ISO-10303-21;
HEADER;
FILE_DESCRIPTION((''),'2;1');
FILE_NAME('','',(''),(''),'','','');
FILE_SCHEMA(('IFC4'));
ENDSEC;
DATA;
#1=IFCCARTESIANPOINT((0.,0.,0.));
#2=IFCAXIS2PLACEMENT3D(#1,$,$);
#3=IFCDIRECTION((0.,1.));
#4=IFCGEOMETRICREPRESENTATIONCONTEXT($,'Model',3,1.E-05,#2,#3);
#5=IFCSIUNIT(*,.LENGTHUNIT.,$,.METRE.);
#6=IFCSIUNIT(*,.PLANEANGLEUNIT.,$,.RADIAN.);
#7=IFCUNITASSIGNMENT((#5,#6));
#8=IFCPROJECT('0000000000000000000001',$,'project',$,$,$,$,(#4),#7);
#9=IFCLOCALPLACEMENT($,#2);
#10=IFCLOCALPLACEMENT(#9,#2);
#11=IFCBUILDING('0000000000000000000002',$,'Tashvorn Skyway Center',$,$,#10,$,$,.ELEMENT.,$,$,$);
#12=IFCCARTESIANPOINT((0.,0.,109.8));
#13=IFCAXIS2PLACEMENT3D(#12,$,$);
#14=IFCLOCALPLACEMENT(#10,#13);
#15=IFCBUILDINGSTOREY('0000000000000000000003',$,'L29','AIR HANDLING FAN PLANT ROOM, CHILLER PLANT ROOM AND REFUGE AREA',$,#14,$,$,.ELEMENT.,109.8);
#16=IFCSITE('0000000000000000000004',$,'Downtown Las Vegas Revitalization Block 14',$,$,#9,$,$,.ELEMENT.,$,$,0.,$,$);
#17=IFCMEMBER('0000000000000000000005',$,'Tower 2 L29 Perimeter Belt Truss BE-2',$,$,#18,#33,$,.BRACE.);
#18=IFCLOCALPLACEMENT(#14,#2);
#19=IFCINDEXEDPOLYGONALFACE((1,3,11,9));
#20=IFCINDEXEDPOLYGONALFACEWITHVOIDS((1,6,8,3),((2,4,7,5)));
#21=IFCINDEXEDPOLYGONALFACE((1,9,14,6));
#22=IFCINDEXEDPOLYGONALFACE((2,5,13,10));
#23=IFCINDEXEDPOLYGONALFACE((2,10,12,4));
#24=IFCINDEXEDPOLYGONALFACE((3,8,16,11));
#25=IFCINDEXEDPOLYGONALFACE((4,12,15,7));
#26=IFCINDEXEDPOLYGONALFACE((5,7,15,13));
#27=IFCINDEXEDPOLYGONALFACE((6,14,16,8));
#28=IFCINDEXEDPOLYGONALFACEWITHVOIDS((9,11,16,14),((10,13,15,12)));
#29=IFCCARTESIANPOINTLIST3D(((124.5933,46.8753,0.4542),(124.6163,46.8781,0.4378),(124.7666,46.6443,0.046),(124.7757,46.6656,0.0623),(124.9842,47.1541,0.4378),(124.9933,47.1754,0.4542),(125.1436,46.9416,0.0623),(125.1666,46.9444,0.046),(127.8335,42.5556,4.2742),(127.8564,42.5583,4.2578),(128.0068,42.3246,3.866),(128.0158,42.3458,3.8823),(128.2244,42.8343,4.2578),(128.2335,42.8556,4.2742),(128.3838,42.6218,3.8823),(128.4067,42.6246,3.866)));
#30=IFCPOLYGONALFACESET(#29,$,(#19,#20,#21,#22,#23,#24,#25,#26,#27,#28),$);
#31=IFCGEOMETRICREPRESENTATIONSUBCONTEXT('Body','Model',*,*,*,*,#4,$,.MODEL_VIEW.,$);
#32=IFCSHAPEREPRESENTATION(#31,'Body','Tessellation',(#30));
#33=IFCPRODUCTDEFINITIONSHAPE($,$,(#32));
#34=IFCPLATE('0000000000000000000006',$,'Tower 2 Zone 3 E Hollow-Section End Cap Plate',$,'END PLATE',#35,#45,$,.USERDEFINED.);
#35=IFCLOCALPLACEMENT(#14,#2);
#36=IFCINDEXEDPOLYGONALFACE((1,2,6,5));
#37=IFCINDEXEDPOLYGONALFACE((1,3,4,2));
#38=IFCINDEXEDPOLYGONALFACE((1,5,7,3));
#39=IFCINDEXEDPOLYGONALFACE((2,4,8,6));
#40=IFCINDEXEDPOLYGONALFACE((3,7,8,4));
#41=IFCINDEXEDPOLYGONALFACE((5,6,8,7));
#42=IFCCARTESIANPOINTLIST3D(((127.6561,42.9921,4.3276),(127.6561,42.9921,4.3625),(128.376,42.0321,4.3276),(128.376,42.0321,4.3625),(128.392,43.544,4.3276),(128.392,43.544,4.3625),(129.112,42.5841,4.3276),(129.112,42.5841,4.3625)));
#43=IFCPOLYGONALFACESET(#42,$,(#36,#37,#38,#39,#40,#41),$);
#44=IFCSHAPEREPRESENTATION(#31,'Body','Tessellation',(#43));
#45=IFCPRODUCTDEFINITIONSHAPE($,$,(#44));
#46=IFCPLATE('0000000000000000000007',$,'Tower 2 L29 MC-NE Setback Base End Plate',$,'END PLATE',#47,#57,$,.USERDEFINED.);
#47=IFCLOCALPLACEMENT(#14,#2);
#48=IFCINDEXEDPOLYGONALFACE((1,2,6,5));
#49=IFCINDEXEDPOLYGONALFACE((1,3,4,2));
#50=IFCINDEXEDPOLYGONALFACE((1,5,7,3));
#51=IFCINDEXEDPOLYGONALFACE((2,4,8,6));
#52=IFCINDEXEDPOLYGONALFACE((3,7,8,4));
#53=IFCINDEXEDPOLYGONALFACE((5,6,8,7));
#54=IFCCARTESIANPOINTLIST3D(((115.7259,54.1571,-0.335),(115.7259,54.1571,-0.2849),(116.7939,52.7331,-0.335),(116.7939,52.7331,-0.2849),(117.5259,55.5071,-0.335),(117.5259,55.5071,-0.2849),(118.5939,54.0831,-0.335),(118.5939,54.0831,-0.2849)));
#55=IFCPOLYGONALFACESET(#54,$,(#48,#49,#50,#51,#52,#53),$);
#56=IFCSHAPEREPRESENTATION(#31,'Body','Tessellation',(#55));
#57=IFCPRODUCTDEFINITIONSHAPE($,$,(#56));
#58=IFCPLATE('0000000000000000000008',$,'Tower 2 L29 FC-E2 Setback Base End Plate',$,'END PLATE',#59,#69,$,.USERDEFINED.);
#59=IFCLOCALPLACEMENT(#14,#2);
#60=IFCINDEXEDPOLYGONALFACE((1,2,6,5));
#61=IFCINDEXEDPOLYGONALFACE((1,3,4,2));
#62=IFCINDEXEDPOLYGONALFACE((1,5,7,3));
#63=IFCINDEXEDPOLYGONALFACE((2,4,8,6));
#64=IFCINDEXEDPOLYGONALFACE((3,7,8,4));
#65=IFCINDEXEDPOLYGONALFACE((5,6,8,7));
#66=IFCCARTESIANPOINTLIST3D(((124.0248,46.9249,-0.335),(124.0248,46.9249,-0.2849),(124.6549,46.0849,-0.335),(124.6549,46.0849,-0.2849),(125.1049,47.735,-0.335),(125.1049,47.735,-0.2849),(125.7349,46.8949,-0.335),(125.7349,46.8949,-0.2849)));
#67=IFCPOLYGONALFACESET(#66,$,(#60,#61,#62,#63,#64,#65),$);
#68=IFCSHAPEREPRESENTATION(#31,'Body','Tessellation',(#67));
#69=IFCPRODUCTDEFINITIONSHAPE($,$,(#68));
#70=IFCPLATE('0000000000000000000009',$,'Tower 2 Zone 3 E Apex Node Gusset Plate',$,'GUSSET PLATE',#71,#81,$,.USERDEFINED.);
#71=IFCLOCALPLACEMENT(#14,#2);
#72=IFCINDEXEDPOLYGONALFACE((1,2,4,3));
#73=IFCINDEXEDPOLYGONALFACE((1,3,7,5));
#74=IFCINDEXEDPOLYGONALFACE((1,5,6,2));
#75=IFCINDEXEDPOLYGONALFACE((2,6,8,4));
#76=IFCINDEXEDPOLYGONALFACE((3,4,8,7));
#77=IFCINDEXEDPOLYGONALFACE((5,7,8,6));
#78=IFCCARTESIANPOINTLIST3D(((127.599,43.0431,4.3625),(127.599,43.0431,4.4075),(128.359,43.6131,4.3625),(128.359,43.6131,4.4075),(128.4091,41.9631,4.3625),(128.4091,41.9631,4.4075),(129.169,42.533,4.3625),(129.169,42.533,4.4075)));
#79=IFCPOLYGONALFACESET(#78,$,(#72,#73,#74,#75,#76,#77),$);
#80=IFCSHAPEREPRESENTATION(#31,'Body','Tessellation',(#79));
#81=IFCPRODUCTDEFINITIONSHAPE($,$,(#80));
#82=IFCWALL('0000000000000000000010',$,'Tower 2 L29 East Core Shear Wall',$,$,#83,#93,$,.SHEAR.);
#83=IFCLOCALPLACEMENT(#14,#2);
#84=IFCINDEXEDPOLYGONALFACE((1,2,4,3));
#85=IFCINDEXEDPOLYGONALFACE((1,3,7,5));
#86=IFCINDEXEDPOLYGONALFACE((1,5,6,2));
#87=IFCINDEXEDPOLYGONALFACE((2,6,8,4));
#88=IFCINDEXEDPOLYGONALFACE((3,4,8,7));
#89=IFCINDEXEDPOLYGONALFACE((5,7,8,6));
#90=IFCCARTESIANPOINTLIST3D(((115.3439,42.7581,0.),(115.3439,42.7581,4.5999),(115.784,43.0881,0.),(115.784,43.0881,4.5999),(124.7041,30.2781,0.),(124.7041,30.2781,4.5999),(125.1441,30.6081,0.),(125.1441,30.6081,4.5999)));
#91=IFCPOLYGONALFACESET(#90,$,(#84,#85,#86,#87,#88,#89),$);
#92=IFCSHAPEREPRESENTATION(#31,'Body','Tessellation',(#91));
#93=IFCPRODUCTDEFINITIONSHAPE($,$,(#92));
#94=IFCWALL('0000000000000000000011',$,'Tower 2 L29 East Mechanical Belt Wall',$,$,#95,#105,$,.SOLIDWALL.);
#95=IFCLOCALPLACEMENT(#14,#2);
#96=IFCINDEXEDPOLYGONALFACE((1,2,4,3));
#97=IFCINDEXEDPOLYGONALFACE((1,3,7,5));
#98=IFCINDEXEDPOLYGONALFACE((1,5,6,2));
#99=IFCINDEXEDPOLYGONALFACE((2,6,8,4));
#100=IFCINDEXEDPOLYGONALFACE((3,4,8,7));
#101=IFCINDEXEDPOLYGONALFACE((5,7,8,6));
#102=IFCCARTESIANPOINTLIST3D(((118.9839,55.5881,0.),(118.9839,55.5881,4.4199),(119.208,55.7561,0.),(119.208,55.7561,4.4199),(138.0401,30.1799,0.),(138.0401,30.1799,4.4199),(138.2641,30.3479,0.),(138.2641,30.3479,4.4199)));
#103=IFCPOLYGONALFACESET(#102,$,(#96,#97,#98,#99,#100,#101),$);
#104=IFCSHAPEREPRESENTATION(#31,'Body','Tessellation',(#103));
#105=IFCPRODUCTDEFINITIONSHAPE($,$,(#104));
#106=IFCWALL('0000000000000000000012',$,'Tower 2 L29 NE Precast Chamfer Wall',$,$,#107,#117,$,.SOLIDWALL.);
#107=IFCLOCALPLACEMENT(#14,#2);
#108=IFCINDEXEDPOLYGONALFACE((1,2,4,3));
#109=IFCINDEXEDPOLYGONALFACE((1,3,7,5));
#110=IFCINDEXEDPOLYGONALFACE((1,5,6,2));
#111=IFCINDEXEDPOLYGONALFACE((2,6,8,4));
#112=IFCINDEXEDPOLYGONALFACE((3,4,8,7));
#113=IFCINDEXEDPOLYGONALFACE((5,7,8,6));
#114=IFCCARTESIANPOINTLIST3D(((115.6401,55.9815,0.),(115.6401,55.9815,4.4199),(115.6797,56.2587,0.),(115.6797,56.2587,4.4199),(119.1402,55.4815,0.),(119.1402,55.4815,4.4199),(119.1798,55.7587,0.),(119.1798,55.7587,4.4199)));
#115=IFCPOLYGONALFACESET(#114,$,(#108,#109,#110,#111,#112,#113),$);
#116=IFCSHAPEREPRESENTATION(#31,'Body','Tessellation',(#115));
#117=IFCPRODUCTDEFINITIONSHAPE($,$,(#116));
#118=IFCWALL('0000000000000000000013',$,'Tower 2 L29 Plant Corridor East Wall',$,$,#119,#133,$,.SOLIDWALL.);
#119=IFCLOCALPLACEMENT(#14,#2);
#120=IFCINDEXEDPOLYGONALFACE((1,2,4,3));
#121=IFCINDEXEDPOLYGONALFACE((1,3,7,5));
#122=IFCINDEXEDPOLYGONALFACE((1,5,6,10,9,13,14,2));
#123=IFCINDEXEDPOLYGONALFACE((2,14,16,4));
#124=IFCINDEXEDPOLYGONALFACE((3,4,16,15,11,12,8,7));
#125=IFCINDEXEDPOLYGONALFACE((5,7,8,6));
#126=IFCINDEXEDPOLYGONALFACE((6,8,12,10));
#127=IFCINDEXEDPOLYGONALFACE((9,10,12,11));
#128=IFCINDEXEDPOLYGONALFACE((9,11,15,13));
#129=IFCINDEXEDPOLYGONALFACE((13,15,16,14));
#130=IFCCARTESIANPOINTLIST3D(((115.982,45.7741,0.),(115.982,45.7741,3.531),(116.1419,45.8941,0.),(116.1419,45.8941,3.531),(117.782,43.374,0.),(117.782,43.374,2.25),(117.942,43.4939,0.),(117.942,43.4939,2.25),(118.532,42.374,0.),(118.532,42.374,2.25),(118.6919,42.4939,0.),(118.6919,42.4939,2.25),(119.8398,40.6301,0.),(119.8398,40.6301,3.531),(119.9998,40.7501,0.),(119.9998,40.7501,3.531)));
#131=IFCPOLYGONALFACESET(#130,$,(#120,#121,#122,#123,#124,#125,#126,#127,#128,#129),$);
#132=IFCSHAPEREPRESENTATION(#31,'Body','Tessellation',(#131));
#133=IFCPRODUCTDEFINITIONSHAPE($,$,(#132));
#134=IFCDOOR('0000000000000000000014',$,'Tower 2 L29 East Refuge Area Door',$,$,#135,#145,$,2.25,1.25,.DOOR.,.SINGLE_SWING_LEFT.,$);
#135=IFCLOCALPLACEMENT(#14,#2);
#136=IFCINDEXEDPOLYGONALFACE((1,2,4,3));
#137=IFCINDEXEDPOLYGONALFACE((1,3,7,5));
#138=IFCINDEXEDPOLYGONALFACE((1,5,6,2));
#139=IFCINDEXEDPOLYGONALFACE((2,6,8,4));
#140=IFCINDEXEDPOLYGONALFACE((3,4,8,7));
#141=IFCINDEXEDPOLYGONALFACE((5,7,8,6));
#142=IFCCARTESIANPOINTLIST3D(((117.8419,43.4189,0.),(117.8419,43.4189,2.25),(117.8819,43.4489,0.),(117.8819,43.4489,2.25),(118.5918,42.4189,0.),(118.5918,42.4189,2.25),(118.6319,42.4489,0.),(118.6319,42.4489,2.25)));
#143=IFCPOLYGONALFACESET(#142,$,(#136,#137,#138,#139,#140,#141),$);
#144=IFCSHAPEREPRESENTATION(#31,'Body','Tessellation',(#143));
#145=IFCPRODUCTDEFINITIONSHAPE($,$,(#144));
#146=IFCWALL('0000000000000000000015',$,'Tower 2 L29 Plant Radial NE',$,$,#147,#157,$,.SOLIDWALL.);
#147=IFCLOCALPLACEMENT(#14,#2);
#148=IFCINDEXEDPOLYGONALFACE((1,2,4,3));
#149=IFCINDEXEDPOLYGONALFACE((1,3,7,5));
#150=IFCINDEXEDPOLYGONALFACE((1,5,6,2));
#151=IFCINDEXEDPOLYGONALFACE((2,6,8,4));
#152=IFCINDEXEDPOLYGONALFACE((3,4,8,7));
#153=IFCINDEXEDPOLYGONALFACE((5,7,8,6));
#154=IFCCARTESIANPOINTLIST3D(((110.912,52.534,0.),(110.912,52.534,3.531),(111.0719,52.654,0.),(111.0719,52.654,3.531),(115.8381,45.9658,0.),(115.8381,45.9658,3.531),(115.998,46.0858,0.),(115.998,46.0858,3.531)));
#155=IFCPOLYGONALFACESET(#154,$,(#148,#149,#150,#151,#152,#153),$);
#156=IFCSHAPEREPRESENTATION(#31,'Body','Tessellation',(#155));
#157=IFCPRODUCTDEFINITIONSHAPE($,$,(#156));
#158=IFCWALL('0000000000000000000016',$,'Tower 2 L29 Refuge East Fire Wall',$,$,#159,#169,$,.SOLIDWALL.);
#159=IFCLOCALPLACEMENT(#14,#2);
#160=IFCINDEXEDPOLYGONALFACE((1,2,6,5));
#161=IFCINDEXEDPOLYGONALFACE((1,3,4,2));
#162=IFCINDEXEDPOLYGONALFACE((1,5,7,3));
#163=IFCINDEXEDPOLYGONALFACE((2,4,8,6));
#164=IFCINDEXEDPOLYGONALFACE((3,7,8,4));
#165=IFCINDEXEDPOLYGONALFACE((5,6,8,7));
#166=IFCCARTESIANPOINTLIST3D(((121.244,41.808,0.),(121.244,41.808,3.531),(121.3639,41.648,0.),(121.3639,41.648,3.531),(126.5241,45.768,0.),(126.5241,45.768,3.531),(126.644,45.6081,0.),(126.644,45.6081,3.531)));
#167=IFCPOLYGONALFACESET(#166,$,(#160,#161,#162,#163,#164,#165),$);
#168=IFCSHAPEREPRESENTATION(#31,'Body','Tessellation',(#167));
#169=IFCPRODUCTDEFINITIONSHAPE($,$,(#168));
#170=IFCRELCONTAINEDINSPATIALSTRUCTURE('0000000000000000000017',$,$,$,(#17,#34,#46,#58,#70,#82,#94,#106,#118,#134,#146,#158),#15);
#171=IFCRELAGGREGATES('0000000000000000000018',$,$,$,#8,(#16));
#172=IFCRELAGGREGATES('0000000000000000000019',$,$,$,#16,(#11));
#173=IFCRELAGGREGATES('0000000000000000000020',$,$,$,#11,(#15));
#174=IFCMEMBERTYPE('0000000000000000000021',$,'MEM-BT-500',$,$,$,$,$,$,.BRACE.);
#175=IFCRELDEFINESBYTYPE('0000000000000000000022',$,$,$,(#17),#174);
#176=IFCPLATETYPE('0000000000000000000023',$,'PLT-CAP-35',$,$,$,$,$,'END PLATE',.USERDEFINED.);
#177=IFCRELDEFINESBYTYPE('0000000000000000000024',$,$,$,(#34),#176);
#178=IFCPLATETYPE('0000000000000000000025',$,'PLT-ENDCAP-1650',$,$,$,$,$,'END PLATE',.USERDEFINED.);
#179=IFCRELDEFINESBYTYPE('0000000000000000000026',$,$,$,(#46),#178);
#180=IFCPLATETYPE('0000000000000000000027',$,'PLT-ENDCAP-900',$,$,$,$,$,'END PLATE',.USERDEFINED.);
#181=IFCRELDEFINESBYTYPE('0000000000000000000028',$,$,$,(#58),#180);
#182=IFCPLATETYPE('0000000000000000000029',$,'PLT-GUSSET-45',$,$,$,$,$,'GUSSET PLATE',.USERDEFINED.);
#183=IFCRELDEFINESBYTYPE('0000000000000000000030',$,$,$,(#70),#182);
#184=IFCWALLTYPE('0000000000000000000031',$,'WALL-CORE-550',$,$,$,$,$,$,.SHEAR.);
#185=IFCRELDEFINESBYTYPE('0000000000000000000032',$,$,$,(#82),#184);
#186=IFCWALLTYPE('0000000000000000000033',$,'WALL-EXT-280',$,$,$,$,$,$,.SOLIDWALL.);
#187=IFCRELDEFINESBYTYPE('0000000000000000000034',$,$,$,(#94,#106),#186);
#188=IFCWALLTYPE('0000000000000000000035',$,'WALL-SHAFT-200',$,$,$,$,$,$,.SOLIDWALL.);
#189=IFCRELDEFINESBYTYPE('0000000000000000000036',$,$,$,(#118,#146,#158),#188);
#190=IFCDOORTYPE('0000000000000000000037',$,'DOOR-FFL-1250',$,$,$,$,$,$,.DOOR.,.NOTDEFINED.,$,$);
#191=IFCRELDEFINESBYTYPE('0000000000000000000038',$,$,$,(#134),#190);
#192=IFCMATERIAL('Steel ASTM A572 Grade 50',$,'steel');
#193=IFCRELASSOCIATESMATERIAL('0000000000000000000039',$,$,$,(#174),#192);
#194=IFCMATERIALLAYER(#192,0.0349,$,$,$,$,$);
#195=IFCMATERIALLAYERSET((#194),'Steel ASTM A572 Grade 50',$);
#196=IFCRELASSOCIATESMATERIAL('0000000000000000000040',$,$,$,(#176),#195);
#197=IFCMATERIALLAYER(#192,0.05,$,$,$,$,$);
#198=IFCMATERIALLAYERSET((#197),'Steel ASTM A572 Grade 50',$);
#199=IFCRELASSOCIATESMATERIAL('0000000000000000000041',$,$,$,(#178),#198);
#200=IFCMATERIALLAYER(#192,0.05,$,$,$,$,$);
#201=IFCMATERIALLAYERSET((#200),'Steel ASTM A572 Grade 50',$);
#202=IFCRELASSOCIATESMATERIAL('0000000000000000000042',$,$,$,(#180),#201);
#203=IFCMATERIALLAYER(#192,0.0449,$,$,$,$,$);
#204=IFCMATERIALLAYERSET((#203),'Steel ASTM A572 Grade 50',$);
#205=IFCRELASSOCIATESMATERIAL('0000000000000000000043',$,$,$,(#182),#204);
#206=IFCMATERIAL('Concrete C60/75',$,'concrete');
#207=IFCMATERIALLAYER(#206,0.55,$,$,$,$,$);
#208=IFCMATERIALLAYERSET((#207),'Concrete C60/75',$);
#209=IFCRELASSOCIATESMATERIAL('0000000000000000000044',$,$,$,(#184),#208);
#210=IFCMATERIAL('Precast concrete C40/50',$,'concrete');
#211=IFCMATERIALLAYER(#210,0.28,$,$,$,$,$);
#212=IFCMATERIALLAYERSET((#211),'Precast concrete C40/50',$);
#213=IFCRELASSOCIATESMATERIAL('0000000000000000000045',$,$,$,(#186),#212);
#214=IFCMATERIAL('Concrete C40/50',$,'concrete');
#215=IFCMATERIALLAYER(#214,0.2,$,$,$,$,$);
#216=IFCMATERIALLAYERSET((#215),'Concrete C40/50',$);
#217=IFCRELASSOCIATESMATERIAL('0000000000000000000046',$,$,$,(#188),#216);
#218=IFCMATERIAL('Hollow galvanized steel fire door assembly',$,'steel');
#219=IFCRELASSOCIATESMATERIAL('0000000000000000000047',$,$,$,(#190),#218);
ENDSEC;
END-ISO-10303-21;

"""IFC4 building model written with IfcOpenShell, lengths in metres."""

from ifc_helpers import new_model, si_unit, direction, frame, frame_2d, origin, origin_2d, place, context, subcontext, project, spatial, rectangle, hollow_rectangle, extrude, material, layer, layer_set, material_profile, profile_set, type_object, element, fill, save


model = new_model("IFC4")

# Units and contexts
model_context = context("Model", 3, precision=1e-05, world=origin(), true_north=direction((0.0, 1.0)))
body_context = subcontext(model_context, "Body", "Model", "MODEL_VIEW")
ifc_project = project(units=[si_unit("LENGTHUNIT", "METRE"), si_unit("PLANEANGLEUNIT", "RADIAN")], contexts=[model_context])

# Site, building, storey
site_placement = place(None, origin())
site = spatial("IfcSite", under=ifc_project, at=site_placement, Name="Downtown Las Vegas Revitalization Block 14", CompositionType="ELEMENT", RefElevation=0.0)
building_placement = place(site_placement, origin())
building = spatial("IfcBuilding", under=site, at=building_placement, Name="Tashvorn Skyway Center", CompositionType="ELEMENT")
storey_placement = place(building_placement, frame((0.0, 0.0, 109.8)))
storey = spatial("IfcBuildingStorey", under=building, at=storey_placement, Name="L29", Description="AIR HANDLING FAN PLANT ROOM, CHILLER PLANT ROOM AND REFUGE AREA", CompositionType="ELEMENT", Elevation=109.8)

# Shared definitions
ifc_material_1 = material(Name="Steel ASTM A572 Grade 50", Category="steel")

# Member
ifc_material_profile_1 = material_profile(ifc_material_1, hollow_rectangle(XDim=0.5, YDim=0.5, WallThickness=0.02, at=origin_2d()), Name="HSS500x500x20")
ifc_profile_set_1 = profile_set([ifc_material_profile_1], Name="Steel ASTM A572 Grade 50")
member_type = type_object("IfcMemberType", Name="MEM-BT-500", PredefinedType="BRACE", material=ifc_profile_set_1)
member_placement = place(storey_placement, frame((128.1201, 42.5901, 4.0701), z_axis=(-0.489861, 0.653074, -0.577521), x_axis=(-0.799967, -0.600043, 0.0)))
element("IfcMember", 1, at=member_placement, inside=storey, type_object=member_type, Name="Tower 2 L29 Perimeter Belt Truss BE-2", PredefinedType="BRACE", context=body_context, shape_type="SweptSolid", body=[
    extrude(hollow_rectangle(XDim=0.5, YDim=0.5, WallThickness=0.02, at=origin_2d()), origin(), (0.0, 0.0, 1.0), 6.6145),
])

# Plates
ifc_layer_1 = layer(ifc_material_1, 0.0349)
ifc_layer_set_1 = layer_set([ifc_layer_1], Name="Steel ASTM A572 Grade 50")
plate_type_1 = type_object("IfcPlateType", Name="PLT-CAP-35", ElementType="END PLATE", PredefinedType="USERDEFINED", material=ifc_layer_set_1)
plate_1_placement = place(storey_placement, frame((128.384, 42.7881, 4.3276), z_axis=(0.0, 0.0, 1.0), x_axis=(-0.6, 0.8, 0.0)))
element("IfcPlate", 2, at=plate_1_placement, inside=storey, type_object=plate_type_1, Name="Tower 2 Zone 3 E Hollow-Section End Cap Plate", ObjectType="END PLATE", PredefinedType="USERDEFINED", context=body_context, shape_type="SweptSolid", body=[
    extrude(rectangle(XDim=1.2, YDim=0.9199, at=origin_2d()), origin(), (0.0, 0.0, 1.0), 0.0349),
])
ifc_layer_2 = layer(ifc_material_1, 0.05)
ifc_layer_set_2 = layer_set([ifc_layer_2], Name="Steel ASTM A572 Grade 50")
plate_type_2 = type_object("IfcPlateType", Name="PLT-ENDCAP-1650", ElementType="END PLATE", PredefinedType="USERDEFINED", material=ifc_layer_set_2)
plate_2_placement = place(storey_placement, frame((117.1599, 54.1201, -0.335), z_axis=(0.0, 0.0, 1.0), x_axis=(0.8, 0.6, 0.0)))
element("IfcPlate", 3, at=plate_2_placement, inside=storey, type_object=plate_type_2, Name="Tower 2 L29 MC-NE Setback Base End Plate", ObjectType="END PLATE", PredefinedType="USERDEFINED", context=body_context, shape_type="SweptSolid", body=[
    extrude(rectangle(XDim=2.25, YDim=1.78, at=origin_2d()), origin(), (0.0, 0.0, 1.0), 0.05),
])
ifc_layer_3 = layer(ifc_material_1, 0.05)
ifc_layer_set_3 = layer_set([ifc_layer_3], Name="Steel ASTM A572 Grade 50")
plate_type_3 = type_object("IfcPlateType", Name="PLT-ENDCAP-900", ElementType="END PLATE", PredefinedType="USERDEFINED", material=ifc_layer_set_3)
plate_3_placement = place(storey_placement, frame((124.8799, 46.9099, -0.335), z_axis=(0.0, 0.0, 1.0), x_axis=(0.8, 0.6, 0.0)))
element("IfcPlate", 4, at=plate_3_placement, inside=storey, type_object=plate_type_3, Name="Tower 2 L29 FC-E2 Setback Base End Plate", ObjectType="END PLATE", PredefinedType="USERDEFINED", context=body_context, shape_type="SweptSolid", body=[
    extrude(rectangle(XDim=1.3501, YDim=1.05, at=origin_2d()), origin(), (0.0, 0.0, 1.0), 0.05),
])
ifc_layer_4 = layer(ifc_material_1, 0.0449)
ifc_layer_set_4 = layer_set([ifc_layer_4], Name="Steel ASTM A572 Grade 50")
plate_type_4 = type_object("IfcPlateType", Name="PLT-GUSSET-45", ElementType="GUSSET PLATE", PredefinedType="USERDEFINED", material=ifc_layer_set_4)
plate_4_placement = place(storey_placement, frame((128.384, 42.7881, 4.3625), z_axis=(0.0, 0.0, 1.0), x_axis=(-0.6, 0.8, 0.0)))
element("IfcPlate", 5, at=plate_4_placement, inside=storey, type_object=plate_type_4, Name="Tower 2 Zone 3 E Apex Node Gusset Plate", ObjectType="GUSSET PLATE", PredefinedType="USERDEFINED", context=body_context, shape_type="SweptSolid", body=[
    extrude(rectangle(XDim=1.3501, YDim=0.95, at=origin_2d()), origin(), (0.0, 0.0, 1.0), 0.0449),
])

# Walls
ifc_material_2 = material(Name="Concrete C60/75", Category="concrete")
ifc_layer_5 = layer(ifc_material_2, 0.55)
ifc_layer_set_5 = layer_set([ifc_layer_5], Name="Concrete C60/75")
wall_type_1 = type_object("IfcWallType", Name="WALL-CORE-550", PredefinedType="SHEAR", material=ifc_layer_set_5)
wall_1_placement = place(storey_placement, frame((115.564, 42.9231, 0.0), z_axis=(0.0, 0.0, 1.0), x_axis=(0.600005, -0.799996, 0.0)))
element("IfcWall", 6, at=wall_1_placement, inside=storey, type_object=wall_type_1, Name="Tower 2 L29 East Core Shear Wall", PredefinedType="SHEAR", context=body_context, shape_type="SweptSolid", body=[
    extrude(rectangle(XDim=15.6001, YDim=0.55, at=frame_2d((7.8, 0.0))), origin(), (0.0, 0.0, 1.0), 4.5999),
])
ifc_material_3 = material(Name="Precast concrete C40/50", Category="concrete")
ifc_layer_6 = layer(ifc_material_3, 0.28)
ifc_layer_set_6 = layer_set([ifc_layer_6], Name="Precast concrete C40/50")
wall_type_2 = type_object("IfcWallType", Name="WALL-EXT-280", PredefinedType="SOLIDWALL", material=ifc_layer_set_6)
wall_2_placement = place(storey_placement, frame((119.0959, 55.6721, 0.0), z_axis=(0.0, 0.0, 1.0), x_axis=(0.6, -0.8, 0.0)))
element("IfcWall", 7, at=wall_2_placement, inside=storey, type_object=wall_type_2, Name="Tower 2 L29 East Mechanical Belt Wall", PredefinedType="SOLIDWALL", context=body_context, shape_type="SweptSolid", body=[
    extrude(rectangle(XDim=31.7603, YDim=0.28, at=frame_2d((15.8801, 0.0))), origin(), (0.0, 0.0, 1.0), 4.4199),
])
wall_3_placement = place(storey_placement, frame((115.6599, 56.1201, 0.0), z_axis=(0.0, 0.0, 1.0), x_axis=(0.989949, -0.141421, 0.0)))
element("IfcWall", 8, at=wall_3_placement, inside=storey, type_object=wall_type_2, Name="Tower 2 L29 NE Precast Chamfer Wall", PredefinedType="SOLIDWALL", context=body_context, shape_type="SweptSolid", body=[
    extrude(rectangle(XDim=3.5356, YDim=0.28, at=frame_2d((1.7678, 0.0))), origin(), (0.0, 0.0, 1.0), 4.4199),
])

# Wall, opening, door
ifc_material_4 = material(Name="Concrete C40/50", Category="concrete")
ifc_layer_7 = layer(ifc_material_4, 0.2)
ifc_layer_set_7 = layer_set([ifc_layer_7], Name="Concrete C40/50")
wall_type_3 = type_object("IfcWallType", Name="WALL-SHAFT-200", PredefinedType="SOLIDWALL", material=ifc_layer_set_7)
wall_4_placement = place(storey_placement, frame((116.062, 45.834, 0.0), z_axis=(0.0, 0.0, 1.0), x_axis=(0.599988, -0.800009, 0.0)))
wall_4 = element("IfcWall", 9, at=wall_4_placement, inside=storey, type_object=wall_type_3, Name="Tower 2 L29 Plant Corridor East Wall", PredefinedType="SOLIDWALL", context=body_context, shape_type="SweptSolid", body=[
    extrude(rectangle(XDim=6.4299, YDim=0.2, at=frame_2d((3.2148, 0.0))), origin(), (0.0, 0.0, 1.0), 3.531),
])
opening_1_placement = place(wall_4_placement, frame((3.0, 0.0, 0.0)))
opening_1 = element("IfcOpeningElement", 10, at=opening_1_placement, cuts=wall_4, PredefinedType="OPENING", context=body_context, shape_type="SweptSolid", body=[
    extrude(rectangle(XDim=1.25, YDim=2.25, at=frame_2d((0.625, 1.125))), frame((0.0, 0.1099, 0.0), z_axis=(0.0, -1.0, 0.0), x_axis=(1.0, 0.0, 0.0)), (0.0, 0.0, 1.0), 0.22),
])
ifc_material_5 = material(Name="Hollow galvanized steel fire door assembly", Category="steel")
door_type_1 = type_object("IfcDoorType", Name="DOOR-FFL-1250", OperationType="NOTDEFINED", PredefinedType="DOOR", material=ifc_material_5)
door_1_placement = place(opening_1_placement, origin())
door_1 = element("IfcDoor", 11, at=door_1_placement, inside=storey, type_object=door_type_1, Name="Tower 2 L29 East Refuge Area Door", OperationType="SINGLE_SWING_LEFT", OverallHeight=2.25, OverallWidth=1.25, PredefinedType="DOOR", context=body_context, shape_type="SweptSolid", body=[
    extrude(rectangle(XDim=1.25, YDim=2.25, at=frame_2d((0.625, 1.125))), frame((0.0, 0.0249, 0.0), z_axis=(0.0, -1.0, 0.0), x_axis=(1.0, 0.0, 0.0)), (0.0, 0.0, 1.0), 0.05),
])
fill(opening_1, door_1)

# Walls
wall_5_placement = place(storey_placement, frame((115.918, 46.0259, 0.0), z_axis=(0.0, 0.0, 1.0), x_axis=(-0.599995, 0.800004, 0.0)))
element("IfcWall", 12, at=wall_5_placement, inside=storey, type_object=wall_type_3, Name="Tower 2 L29 Plant Radial NE", PredefinedType="SOLIDWALL", context=body_context, shape_type="SweptSolid", body=[
    extrude(rectangle(XDim=8.2102, YDim=0.2, at=frame_2d((4.105, 0.0))), origin(), (0.0, 0.0, 1.0), 3.531),
])
wall_6_placement = place(storey_placement, frame((121.304, 41.728, 0.0), z_axis=(0.0, 0.0, 1.0), x_axis=(0.800004, 0.599994, 0.0)))
element("IfcWall", 13, at=wall_6_placement, inside=storey, type_object=wall_type_3, Name="Tower 2 L29 Refuge East Fire Wall", PredefinedType="SOLIDWALL", context=body_context, shape_type="SweptSolid", body=[
    extrude(rectangle(XDim=6.6001, YDim=0.2, at=frame_2d((3.3, 0.0))), origin(), (0.0, 0.0, 1.0), 3.531),
])

save(model, "model.ifc")
